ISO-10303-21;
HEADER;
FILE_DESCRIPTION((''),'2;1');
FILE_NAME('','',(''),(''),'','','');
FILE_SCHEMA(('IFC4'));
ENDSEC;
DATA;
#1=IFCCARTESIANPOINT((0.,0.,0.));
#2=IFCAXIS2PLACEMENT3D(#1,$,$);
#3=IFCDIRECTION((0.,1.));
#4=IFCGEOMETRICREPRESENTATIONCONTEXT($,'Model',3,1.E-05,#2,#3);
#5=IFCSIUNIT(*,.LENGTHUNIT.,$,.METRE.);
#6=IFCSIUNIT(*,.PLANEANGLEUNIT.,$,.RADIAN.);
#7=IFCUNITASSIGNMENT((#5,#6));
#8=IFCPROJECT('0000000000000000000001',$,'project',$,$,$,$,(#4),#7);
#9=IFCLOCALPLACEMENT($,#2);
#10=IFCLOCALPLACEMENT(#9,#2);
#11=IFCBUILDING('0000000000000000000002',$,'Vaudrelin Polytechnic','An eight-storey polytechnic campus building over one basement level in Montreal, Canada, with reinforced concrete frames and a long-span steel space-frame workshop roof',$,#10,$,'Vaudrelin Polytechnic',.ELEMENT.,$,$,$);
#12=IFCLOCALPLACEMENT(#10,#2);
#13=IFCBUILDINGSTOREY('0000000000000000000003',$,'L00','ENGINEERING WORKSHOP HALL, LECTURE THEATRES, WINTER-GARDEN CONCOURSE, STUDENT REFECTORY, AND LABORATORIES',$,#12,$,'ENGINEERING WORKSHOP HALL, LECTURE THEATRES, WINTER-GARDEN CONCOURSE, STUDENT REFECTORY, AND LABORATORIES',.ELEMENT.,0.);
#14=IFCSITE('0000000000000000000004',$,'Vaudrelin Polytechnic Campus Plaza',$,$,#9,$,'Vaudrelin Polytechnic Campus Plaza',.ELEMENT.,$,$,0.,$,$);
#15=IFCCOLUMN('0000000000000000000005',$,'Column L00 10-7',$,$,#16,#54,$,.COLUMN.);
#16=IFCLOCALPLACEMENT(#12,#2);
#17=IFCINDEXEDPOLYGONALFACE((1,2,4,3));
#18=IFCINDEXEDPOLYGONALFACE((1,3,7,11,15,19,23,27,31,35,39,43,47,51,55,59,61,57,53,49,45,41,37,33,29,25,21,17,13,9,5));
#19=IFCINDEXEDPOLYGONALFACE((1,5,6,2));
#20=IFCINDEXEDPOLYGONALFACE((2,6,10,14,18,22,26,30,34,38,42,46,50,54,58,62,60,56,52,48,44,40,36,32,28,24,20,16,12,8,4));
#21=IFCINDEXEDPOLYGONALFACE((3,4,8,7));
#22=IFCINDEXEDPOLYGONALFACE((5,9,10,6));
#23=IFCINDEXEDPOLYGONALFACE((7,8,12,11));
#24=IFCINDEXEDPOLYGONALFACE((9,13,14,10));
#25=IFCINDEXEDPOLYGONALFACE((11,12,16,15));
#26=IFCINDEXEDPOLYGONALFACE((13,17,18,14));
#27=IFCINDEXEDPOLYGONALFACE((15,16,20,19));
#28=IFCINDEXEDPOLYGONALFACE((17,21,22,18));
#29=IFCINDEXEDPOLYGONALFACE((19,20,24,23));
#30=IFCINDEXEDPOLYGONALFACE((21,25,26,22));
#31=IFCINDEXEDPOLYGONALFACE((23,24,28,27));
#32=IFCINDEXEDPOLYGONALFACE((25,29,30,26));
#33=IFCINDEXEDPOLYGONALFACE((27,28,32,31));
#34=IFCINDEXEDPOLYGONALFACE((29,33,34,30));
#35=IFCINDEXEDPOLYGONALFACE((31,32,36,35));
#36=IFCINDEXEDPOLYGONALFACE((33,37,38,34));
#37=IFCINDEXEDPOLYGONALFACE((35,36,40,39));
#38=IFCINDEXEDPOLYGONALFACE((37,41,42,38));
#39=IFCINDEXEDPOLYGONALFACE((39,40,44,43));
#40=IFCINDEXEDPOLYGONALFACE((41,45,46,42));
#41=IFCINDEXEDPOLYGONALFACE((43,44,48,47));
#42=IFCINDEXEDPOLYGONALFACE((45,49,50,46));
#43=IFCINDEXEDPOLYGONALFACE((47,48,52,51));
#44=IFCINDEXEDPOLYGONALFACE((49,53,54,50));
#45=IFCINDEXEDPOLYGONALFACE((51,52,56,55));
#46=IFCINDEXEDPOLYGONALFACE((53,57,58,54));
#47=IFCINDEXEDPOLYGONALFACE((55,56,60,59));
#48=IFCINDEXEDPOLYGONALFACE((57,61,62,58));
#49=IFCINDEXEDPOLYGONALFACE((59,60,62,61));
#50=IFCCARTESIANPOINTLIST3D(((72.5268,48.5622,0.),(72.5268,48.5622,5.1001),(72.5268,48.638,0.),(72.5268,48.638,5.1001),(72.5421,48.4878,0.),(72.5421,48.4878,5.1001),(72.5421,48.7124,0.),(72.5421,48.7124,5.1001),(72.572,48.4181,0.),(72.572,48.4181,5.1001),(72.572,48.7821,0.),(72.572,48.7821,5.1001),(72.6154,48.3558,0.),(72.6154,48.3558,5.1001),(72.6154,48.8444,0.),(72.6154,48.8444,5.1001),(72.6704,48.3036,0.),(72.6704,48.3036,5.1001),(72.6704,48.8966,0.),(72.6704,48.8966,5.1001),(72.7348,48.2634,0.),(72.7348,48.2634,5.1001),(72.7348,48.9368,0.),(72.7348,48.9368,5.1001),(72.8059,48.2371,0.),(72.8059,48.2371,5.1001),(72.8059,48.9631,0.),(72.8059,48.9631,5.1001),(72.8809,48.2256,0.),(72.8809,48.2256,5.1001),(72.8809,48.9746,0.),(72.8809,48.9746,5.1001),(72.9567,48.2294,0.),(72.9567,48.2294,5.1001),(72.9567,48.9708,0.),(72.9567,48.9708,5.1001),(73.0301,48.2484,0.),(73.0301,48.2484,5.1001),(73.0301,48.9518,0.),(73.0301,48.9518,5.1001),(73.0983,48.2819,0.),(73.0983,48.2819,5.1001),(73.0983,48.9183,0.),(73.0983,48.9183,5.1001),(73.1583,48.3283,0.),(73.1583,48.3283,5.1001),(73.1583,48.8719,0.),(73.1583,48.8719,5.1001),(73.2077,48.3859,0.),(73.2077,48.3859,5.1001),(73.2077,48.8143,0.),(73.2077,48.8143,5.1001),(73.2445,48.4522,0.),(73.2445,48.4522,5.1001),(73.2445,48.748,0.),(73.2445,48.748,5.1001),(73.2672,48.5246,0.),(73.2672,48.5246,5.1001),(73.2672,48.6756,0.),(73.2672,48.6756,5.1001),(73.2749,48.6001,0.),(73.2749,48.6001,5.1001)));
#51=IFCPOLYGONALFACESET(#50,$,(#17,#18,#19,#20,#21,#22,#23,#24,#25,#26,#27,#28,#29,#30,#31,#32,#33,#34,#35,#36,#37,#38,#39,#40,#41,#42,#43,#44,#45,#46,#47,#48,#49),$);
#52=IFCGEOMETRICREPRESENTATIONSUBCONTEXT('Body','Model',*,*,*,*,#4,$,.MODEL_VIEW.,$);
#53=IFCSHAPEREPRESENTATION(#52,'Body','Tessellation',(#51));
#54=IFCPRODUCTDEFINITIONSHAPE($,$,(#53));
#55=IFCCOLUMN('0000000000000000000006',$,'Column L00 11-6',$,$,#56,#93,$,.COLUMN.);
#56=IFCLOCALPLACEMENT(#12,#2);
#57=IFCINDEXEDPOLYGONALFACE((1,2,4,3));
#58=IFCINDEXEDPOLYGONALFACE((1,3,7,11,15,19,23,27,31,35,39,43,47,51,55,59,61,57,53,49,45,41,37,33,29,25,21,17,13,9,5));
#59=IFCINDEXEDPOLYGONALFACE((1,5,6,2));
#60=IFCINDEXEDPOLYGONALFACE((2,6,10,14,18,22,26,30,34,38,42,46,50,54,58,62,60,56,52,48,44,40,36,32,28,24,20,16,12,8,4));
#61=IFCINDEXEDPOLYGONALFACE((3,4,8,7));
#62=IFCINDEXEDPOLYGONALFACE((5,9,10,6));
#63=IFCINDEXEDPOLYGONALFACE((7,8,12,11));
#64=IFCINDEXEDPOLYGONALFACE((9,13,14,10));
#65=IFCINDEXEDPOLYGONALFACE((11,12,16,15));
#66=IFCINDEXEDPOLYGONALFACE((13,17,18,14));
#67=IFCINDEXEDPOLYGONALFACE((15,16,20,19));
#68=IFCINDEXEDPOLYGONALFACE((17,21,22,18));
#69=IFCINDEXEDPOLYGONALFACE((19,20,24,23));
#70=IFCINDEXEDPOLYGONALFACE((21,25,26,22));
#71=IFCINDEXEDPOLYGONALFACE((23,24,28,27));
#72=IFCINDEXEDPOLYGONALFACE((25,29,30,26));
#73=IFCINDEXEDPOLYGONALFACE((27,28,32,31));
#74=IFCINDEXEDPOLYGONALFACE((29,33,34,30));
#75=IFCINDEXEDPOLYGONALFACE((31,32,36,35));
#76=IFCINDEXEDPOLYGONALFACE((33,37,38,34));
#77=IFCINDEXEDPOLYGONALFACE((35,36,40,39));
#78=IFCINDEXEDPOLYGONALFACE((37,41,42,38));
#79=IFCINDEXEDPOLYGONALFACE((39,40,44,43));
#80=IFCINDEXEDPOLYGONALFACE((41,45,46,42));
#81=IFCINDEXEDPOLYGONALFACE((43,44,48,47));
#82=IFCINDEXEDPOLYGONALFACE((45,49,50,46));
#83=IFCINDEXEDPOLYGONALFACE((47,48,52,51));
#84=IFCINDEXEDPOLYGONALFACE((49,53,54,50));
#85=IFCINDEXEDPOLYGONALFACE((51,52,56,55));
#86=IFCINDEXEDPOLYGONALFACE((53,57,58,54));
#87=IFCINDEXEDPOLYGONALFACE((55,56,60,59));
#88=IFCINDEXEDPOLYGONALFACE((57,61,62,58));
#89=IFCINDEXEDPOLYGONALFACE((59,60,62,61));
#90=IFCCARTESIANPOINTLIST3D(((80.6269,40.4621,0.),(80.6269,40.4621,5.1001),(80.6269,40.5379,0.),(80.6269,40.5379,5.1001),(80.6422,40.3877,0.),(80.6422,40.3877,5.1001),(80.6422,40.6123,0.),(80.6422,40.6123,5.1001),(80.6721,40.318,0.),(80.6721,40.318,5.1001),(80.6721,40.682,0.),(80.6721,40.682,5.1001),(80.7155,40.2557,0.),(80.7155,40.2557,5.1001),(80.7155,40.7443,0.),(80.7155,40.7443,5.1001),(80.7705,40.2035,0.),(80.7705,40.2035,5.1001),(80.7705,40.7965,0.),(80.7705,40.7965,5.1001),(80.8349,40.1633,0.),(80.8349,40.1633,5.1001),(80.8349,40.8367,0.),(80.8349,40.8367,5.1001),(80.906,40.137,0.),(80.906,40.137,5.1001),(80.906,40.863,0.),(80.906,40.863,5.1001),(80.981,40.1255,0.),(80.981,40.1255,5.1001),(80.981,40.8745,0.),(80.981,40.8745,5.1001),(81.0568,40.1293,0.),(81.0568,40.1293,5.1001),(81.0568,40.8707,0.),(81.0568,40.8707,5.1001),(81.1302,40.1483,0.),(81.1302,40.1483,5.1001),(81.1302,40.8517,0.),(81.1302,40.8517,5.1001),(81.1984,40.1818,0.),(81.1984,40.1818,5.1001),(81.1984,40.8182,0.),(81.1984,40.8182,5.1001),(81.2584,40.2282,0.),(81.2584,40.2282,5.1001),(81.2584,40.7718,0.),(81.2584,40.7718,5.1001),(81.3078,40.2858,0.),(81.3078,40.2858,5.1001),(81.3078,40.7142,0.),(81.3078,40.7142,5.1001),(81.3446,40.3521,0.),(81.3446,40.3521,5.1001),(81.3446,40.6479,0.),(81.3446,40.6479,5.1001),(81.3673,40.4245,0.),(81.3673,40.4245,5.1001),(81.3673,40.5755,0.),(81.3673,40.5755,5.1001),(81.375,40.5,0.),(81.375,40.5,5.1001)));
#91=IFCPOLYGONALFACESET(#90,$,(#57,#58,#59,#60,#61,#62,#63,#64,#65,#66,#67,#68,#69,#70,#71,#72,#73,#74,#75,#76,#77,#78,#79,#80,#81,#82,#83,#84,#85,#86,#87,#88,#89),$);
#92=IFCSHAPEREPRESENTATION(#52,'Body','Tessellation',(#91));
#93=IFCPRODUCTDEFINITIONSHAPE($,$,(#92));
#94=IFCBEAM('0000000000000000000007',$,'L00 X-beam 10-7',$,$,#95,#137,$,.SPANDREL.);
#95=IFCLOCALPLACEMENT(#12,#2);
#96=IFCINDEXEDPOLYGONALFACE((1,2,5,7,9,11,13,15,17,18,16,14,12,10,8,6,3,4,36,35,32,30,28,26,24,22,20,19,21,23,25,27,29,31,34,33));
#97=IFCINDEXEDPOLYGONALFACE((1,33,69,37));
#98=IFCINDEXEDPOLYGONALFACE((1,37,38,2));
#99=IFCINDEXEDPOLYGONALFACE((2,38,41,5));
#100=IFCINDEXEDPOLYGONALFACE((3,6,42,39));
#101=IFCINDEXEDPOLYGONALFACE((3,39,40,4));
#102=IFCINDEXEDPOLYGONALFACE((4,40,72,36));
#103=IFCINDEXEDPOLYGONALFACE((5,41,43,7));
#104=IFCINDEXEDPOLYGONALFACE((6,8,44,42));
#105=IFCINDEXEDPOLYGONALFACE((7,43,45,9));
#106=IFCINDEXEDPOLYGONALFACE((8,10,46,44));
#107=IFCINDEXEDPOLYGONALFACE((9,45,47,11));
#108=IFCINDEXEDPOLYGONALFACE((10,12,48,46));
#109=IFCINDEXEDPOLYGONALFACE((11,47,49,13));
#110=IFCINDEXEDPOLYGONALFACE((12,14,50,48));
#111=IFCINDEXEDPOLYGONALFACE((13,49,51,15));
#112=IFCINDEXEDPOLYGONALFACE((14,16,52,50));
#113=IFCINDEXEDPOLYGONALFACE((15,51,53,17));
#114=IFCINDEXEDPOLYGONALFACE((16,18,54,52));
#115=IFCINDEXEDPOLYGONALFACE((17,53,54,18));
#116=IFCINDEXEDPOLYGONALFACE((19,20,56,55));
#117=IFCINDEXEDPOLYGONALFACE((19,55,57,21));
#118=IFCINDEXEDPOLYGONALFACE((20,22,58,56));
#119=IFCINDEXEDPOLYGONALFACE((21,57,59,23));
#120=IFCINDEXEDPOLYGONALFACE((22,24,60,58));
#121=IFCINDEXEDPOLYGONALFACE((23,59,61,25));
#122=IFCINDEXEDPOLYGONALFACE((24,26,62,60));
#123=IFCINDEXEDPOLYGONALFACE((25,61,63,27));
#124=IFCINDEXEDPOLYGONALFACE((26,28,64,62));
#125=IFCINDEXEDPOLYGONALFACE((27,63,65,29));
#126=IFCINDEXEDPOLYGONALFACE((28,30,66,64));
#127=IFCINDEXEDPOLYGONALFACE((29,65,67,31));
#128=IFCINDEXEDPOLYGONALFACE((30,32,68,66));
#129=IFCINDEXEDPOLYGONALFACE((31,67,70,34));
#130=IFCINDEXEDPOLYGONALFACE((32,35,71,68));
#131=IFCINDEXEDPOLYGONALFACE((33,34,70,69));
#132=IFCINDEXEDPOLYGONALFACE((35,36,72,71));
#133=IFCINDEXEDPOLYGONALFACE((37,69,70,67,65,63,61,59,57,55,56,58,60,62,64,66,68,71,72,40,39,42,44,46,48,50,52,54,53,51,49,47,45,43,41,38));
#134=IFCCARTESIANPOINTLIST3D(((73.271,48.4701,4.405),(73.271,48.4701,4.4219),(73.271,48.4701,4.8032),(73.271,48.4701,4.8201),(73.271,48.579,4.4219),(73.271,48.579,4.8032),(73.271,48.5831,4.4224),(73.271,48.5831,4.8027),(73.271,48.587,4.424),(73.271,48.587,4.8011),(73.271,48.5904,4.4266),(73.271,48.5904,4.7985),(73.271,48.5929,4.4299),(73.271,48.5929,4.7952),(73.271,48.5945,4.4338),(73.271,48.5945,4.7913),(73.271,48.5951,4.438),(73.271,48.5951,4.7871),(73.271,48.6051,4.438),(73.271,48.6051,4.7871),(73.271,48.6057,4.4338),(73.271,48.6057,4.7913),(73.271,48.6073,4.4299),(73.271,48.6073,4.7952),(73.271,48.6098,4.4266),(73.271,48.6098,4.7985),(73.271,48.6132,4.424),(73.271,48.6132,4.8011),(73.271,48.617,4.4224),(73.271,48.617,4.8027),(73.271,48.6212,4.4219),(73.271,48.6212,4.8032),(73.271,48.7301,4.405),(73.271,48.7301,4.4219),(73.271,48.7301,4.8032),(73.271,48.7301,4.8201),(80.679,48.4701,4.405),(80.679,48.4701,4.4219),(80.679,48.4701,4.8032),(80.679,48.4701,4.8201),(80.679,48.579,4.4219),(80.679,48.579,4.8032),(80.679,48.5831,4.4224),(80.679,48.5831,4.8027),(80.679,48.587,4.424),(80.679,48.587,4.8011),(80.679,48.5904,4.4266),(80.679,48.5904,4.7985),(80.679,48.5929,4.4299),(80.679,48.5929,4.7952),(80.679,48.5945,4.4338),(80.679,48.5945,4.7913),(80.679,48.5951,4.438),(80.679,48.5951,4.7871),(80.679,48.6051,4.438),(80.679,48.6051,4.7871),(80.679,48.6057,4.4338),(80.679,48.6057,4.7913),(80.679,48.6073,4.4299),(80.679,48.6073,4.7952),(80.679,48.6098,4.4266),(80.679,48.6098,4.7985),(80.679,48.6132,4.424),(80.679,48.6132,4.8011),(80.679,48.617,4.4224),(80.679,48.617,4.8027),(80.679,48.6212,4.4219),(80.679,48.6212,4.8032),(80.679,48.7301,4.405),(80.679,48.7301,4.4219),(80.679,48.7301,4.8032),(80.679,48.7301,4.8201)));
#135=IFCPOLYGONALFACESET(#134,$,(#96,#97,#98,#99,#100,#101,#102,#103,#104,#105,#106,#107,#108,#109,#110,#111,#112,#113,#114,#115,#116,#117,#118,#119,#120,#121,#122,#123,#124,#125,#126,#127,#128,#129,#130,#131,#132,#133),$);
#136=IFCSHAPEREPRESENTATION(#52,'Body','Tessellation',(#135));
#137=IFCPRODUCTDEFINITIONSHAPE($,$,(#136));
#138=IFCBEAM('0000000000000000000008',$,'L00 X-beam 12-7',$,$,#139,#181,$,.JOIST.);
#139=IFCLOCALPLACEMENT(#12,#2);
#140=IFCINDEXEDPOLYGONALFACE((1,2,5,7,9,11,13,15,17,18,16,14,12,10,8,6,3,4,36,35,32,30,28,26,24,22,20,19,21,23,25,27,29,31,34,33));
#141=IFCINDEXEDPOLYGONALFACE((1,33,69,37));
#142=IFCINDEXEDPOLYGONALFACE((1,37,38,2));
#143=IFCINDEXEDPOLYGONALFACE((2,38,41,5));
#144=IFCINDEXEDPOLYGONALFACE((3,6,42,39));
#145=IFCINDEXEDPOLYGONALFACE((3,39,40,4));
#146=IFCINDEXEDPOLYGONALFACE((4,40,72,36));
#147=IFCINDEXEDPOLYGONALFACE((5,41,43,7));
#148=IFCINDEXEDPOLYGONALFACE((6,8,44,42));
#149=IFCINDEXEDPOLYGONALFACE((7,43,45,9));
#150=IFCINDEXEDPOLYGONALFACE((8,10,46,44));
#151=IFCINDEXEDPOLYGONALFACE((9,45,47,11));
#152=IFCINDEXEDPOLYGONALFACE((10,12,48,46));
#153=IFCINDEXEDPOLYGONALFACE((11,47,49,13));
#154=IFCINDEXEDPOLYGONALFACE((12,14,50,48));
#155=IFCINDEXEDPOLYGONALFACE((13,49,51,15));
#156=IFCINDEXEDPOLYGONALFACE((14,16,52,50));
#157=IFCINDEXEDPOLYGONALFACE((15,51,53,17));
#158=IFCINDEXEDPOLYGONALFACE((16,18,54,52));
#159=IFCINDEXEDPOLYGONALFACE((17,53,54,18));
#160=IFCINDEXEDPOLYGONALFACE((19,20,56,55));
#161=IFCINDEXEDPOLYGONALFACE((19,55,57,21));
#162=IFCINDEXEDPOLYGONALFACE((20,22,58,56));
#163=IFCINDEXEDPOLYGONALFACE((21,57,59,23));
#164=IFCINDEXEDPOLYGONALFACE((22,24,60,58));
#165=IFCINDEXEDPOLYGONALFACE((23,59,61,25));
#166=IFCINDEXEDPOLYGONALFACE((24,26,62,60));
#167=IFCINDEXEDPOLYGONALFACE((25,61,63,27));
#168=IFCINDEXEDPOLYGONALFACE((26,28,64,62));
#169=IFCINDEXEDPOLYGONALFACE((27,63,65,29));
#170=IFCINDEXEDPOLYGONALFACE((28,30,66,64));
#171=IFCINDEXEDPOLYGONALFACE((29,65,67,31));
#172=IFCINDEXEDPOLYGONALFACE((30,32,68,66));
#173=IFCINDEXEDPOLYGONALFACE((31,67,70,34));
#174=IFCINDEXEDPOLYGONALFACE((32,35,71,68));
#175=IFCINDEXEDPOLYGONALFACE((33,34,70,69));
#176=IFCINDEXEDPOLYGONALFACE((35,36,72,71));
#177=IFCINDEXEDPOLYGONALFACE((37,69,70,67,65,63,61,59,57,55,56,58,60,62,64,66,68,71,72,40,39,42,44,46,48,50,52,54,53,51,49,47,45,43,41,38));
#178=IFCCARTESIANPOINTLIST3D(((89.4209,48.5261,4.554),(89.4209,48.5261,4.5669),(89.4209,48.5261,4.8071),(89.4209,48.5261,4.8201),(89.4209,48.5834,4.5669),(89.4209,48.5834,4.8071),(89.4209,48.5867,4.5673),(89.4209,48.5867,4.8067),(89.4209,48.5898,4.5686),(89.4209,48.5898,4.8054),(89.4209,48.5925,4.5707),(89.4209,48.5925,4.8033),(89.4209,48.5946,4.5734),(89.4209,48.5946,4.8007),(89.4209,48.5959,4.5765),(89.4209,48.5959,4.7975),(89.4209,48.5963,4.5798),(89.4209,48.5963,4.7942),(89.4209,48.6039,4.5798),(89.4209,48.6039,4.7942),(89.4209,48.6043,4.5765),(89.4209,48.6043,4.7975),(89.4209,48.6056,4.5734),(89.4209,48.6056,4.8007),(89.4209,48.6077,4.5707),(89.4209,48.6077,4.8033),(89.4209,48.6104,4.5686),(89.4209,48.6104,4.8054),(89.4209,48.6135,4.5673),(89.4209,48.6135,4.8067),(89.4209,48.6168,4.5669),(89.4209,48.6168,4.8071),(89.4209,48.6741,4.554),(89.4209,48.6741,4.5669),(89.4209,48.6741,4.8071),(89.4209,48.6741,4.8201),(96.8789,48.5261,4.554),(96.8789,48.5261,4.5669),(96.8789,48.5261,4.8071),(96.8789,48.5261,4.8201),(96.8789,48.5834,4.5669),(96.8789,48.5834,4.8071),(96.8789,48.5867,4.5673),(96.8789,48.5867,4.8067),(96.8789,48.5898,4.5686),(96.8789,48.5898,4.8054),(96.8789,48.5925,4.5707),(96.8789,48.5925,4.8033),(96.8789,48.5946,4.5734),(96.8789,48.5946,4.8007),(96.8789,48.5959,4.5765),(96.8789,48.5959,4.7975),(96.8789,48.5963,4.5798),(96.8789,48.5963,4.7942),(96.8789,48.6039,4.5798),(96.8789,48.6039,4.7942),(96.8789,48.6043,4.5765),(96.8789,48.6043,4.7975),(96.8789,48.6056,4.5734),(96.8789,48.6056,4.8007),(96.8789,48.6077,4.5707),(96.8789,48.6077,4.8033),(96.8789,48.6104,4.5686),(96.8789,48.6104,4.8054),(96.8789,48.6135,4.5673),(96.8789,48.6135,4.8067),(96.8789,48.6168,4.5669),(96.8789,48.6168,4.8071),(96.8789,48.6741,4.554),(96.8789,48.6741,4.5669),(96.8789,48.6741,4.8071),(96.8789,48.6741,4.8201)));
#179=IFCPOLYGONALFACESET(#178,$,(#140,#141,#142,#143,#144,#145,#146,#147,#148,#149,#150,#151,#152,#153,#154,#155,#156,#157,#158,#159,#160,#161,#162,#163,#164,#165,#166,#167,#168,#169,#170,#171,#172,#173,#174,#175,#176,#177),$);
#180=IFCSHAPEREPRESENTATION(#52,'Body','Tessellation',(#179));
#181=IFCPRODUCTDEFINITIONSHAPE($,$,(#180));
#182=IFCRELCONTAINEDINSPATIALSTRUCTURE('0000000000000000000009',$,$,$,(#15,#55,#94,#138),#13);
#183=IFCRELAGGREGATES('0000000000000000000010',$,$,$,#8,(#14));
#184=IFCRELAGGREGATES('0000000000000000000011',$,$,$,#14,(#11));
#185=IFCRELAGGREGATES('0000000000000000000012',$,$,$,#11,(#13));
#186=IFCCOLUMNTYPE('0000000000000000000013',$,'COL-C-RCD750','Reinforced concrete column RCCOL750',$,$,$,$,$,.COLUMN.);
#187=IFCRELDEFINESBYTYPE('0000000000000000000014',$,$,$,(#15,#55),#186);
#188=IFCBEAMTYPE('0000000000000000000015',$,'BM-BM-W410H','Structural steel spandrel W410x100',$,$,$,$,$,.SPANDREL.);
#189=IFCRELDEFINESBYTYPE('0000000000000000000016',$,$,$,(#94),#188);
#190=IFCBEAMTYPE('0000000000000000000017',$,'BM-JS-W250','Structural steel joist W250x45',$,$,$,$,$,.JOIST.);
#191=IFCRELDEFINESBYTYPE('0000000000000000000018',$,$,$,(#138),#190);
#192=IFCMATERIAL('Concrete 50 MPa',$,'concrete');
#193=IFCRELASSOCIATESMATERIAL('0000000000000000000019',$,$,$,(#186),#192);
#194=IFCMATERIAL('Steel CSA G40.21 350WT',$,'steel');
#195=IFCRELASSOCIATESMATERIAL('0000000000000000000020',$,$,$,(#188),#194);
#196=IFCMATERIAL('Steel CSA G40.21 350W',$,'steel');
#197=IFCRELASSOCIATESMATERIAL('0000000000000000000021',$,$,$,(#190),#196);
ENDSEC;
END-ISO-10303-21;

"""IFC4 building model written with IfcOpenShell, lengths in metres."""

from ifc_helpers import new_model, si_unit, direction, frame, origin, origin_2d, place, context, subcontext, project, spatial, circle, i_section, extrude, material, material_profile, profile_set, type_object, element, save


model = new_model("IFC4")

# Units and contexts
model_context = context("Model", 3, precision=1e-05, world=origin(), true_north=direction((0.0, 1.0)))
body_context = subcontext(model_context, "Body", "Model", "MODEL_VIEW")
ifc_project = project(units=[si_unit("LENGTHUNIT", "METRE"), si_unit("PLANEANGLEUNIT", "RADIAN")], contexts=[model_context])

# Site, building, storey
site_placement = place(None, origin())
site = spatial("IfcSite", under=ifc_project, at=site_placement, Name="Vaudrelin Polytechnic Campus Plaza", LongName="Vaudrelin Polytechnic Campus Plaza", CompositionType="ELEMENT", RefElevation=0.0)
building_placement = place(site_placement, origin())
building = spatial("IfcBuilding", under=site, at=building_placement, Name="Vaudrelin Polytechnic", Description="An eight-storey polytechnic campus building over one basement level in Montreal, Canada, with reinforced concrete frames and a long-span steel space-frame workshop roof", LongName="Vaudrelin Polytechnic", CompositionType="ELEMENT")
storey_placement = place(building_placement, origin())
storey = spatial("IfcBuildingStorey", under=building, at=storey_placement, Name="L00", Description="ENGINEERING WORKSHOP HALL, LECTURE THEATRES, WINTER-GARDEN CONCOURSE, STUDENT REFECTORY, AND LABORATORIES", LongName="ENGINEERING WORKSHOP HALL, LECTURE THEATRES, WINTER-GARDEN CONCOURSE, STUDENT REFECTORY, AND LABORATORIES", CompositionType="ELEMENT", Elevation=0.0)

# Columns
ifc_material_1 = material(Name="Steel CSA G40.21 350W", Category="steel")
ifc_material_2 = material(Name="Concrete 50 MPa", Category="concrete")
ifc_material_profile_1 = material_profile(ifc_material_2, circle(Radius=0.375, at=origin_2d()), Name="RCCOL750")
ifc_profile_set_1 = profile_set([ifc_material_profile_1], Name="Concrete 50 MPa")
column_type_1 = type_object("IfcColumnType", Name="COL-C-RCD750", Description="Reinforced concrete column RCCOL750", PredefinedType="COLUMN", material=ifc_profile_set_1)
for number, where, z_axis, x_axis, name in (
    (1, (72.8999, 48.6001, 0.0), (0.0, 0.0, 1.0), (1.0, 0.0, 0.0), "Column L00 10-7"),
    (2, (81.0, 40.5, 0.0), (0.0, 0.0, 1.0), (1.0, 0.0, 0.0), "Column L00 11-6"),
):
    element("IfcColumn", number, at=place(storey_placement, frame(where, z_axis=z_axis, x_axis=x_axis)), inside=storey, type_object=column_type_1, Name=name, PredefinedType="COLUMN", context=body_context, shape_type="SweptSolid", body=[
        extrude(circle(Radius=0.375, at=origin_2d()), origin(), (0.0, 0.0, 1.0), 5.1001),
    ])

# Beams
ifc_material_3 = material(Name="Steel CSA G40.21 350WT", Category="steel")
ifc_material_profile_2 = material_profile(ifc_material_3, i_section(OverallWidth=0.26, OverallDepth=0.415, WebThickness=0.01, FlangeThickness=0.0168, FilletRadius=0.0161, at=origin_2d()), Name="W410x100")
ifc_profile_set_2 = profile_set([ifc_material_profile_2], Name="Steel CSA G40.21 350WT")
beam_type_1 = type_object("IfcBeamType", Name="BM-BM-W410H", Description="Structural steel spandrel W410x100", PredefinedType="SPANDREL", material=ifc_profile_set_2)
beam_1_placement = place(storey_placement, frame((73.271, 48.6001, 4.6125), z_axis=(1.0, 0.0, 0.0), x_axis=(0.0, 1.0, 0.0)))
element("IfcBeam", 3, at=beam_1_placement, inside=storey, type_object=beam_type_1, Name="L00 X-beam 10-7", PredefinedType="SPANDREL", context=body_context, shape_type="SweptSolid", body=[
    extrude(i_section(OverallWidth=0.26, OverallDepth=0.415, WebThickness=0.01, FlangeThickness=0.0168, FilletRadius=0.0161, at=origin_2d()), origin(), (0.0, 0.0, 1.0), 7.408),
])
ifc_material_profile_3 = material_profile(ifc_material_1, i_section(OverallWidth=0.1479, OverallDepth=0.2661, WebThickness=0.0076, FlangeThickness=0.0129, FilletRadius=0.0129, at=origin_2d()), Name="W250x45")
ifc_profile_set_3 = profile_set([ifc_material_profile_3], Name="Steel CSA G40.21 350W")
beam_type_2 = type_object("IfcBeamType", Name="BM-JS-W250", Description="Structural steel joist W250x45", PredefinedType="JOIST", material=ifc_profile_set_3)
beam_2_placement = place(storey_placement, frame((89.4209, 48.6001, 4.687), z_axis=(1.0, 0.0, 0.0), x_axis=(0.0, 1.0, 0.0)))
element("IfcBeam", 4, at=beam_2_placement, inside=storey, type_object=beam_type_2, Name="L00 X-beam 12-7", PredefinedType="JOIST", context=body_context, shape_type="SweptSolid", body=[
    extrude(i_section(OverallWidth=0.1479, OverallDepth=0.2661, WebThickness=0.0076, FlangeThickness=0.0129, FilletRadius=0.0129, at=origin_2d()), origin(), (0.0, 0.0, 1.0), 7.458),
])

save(model, "model.ifc")
